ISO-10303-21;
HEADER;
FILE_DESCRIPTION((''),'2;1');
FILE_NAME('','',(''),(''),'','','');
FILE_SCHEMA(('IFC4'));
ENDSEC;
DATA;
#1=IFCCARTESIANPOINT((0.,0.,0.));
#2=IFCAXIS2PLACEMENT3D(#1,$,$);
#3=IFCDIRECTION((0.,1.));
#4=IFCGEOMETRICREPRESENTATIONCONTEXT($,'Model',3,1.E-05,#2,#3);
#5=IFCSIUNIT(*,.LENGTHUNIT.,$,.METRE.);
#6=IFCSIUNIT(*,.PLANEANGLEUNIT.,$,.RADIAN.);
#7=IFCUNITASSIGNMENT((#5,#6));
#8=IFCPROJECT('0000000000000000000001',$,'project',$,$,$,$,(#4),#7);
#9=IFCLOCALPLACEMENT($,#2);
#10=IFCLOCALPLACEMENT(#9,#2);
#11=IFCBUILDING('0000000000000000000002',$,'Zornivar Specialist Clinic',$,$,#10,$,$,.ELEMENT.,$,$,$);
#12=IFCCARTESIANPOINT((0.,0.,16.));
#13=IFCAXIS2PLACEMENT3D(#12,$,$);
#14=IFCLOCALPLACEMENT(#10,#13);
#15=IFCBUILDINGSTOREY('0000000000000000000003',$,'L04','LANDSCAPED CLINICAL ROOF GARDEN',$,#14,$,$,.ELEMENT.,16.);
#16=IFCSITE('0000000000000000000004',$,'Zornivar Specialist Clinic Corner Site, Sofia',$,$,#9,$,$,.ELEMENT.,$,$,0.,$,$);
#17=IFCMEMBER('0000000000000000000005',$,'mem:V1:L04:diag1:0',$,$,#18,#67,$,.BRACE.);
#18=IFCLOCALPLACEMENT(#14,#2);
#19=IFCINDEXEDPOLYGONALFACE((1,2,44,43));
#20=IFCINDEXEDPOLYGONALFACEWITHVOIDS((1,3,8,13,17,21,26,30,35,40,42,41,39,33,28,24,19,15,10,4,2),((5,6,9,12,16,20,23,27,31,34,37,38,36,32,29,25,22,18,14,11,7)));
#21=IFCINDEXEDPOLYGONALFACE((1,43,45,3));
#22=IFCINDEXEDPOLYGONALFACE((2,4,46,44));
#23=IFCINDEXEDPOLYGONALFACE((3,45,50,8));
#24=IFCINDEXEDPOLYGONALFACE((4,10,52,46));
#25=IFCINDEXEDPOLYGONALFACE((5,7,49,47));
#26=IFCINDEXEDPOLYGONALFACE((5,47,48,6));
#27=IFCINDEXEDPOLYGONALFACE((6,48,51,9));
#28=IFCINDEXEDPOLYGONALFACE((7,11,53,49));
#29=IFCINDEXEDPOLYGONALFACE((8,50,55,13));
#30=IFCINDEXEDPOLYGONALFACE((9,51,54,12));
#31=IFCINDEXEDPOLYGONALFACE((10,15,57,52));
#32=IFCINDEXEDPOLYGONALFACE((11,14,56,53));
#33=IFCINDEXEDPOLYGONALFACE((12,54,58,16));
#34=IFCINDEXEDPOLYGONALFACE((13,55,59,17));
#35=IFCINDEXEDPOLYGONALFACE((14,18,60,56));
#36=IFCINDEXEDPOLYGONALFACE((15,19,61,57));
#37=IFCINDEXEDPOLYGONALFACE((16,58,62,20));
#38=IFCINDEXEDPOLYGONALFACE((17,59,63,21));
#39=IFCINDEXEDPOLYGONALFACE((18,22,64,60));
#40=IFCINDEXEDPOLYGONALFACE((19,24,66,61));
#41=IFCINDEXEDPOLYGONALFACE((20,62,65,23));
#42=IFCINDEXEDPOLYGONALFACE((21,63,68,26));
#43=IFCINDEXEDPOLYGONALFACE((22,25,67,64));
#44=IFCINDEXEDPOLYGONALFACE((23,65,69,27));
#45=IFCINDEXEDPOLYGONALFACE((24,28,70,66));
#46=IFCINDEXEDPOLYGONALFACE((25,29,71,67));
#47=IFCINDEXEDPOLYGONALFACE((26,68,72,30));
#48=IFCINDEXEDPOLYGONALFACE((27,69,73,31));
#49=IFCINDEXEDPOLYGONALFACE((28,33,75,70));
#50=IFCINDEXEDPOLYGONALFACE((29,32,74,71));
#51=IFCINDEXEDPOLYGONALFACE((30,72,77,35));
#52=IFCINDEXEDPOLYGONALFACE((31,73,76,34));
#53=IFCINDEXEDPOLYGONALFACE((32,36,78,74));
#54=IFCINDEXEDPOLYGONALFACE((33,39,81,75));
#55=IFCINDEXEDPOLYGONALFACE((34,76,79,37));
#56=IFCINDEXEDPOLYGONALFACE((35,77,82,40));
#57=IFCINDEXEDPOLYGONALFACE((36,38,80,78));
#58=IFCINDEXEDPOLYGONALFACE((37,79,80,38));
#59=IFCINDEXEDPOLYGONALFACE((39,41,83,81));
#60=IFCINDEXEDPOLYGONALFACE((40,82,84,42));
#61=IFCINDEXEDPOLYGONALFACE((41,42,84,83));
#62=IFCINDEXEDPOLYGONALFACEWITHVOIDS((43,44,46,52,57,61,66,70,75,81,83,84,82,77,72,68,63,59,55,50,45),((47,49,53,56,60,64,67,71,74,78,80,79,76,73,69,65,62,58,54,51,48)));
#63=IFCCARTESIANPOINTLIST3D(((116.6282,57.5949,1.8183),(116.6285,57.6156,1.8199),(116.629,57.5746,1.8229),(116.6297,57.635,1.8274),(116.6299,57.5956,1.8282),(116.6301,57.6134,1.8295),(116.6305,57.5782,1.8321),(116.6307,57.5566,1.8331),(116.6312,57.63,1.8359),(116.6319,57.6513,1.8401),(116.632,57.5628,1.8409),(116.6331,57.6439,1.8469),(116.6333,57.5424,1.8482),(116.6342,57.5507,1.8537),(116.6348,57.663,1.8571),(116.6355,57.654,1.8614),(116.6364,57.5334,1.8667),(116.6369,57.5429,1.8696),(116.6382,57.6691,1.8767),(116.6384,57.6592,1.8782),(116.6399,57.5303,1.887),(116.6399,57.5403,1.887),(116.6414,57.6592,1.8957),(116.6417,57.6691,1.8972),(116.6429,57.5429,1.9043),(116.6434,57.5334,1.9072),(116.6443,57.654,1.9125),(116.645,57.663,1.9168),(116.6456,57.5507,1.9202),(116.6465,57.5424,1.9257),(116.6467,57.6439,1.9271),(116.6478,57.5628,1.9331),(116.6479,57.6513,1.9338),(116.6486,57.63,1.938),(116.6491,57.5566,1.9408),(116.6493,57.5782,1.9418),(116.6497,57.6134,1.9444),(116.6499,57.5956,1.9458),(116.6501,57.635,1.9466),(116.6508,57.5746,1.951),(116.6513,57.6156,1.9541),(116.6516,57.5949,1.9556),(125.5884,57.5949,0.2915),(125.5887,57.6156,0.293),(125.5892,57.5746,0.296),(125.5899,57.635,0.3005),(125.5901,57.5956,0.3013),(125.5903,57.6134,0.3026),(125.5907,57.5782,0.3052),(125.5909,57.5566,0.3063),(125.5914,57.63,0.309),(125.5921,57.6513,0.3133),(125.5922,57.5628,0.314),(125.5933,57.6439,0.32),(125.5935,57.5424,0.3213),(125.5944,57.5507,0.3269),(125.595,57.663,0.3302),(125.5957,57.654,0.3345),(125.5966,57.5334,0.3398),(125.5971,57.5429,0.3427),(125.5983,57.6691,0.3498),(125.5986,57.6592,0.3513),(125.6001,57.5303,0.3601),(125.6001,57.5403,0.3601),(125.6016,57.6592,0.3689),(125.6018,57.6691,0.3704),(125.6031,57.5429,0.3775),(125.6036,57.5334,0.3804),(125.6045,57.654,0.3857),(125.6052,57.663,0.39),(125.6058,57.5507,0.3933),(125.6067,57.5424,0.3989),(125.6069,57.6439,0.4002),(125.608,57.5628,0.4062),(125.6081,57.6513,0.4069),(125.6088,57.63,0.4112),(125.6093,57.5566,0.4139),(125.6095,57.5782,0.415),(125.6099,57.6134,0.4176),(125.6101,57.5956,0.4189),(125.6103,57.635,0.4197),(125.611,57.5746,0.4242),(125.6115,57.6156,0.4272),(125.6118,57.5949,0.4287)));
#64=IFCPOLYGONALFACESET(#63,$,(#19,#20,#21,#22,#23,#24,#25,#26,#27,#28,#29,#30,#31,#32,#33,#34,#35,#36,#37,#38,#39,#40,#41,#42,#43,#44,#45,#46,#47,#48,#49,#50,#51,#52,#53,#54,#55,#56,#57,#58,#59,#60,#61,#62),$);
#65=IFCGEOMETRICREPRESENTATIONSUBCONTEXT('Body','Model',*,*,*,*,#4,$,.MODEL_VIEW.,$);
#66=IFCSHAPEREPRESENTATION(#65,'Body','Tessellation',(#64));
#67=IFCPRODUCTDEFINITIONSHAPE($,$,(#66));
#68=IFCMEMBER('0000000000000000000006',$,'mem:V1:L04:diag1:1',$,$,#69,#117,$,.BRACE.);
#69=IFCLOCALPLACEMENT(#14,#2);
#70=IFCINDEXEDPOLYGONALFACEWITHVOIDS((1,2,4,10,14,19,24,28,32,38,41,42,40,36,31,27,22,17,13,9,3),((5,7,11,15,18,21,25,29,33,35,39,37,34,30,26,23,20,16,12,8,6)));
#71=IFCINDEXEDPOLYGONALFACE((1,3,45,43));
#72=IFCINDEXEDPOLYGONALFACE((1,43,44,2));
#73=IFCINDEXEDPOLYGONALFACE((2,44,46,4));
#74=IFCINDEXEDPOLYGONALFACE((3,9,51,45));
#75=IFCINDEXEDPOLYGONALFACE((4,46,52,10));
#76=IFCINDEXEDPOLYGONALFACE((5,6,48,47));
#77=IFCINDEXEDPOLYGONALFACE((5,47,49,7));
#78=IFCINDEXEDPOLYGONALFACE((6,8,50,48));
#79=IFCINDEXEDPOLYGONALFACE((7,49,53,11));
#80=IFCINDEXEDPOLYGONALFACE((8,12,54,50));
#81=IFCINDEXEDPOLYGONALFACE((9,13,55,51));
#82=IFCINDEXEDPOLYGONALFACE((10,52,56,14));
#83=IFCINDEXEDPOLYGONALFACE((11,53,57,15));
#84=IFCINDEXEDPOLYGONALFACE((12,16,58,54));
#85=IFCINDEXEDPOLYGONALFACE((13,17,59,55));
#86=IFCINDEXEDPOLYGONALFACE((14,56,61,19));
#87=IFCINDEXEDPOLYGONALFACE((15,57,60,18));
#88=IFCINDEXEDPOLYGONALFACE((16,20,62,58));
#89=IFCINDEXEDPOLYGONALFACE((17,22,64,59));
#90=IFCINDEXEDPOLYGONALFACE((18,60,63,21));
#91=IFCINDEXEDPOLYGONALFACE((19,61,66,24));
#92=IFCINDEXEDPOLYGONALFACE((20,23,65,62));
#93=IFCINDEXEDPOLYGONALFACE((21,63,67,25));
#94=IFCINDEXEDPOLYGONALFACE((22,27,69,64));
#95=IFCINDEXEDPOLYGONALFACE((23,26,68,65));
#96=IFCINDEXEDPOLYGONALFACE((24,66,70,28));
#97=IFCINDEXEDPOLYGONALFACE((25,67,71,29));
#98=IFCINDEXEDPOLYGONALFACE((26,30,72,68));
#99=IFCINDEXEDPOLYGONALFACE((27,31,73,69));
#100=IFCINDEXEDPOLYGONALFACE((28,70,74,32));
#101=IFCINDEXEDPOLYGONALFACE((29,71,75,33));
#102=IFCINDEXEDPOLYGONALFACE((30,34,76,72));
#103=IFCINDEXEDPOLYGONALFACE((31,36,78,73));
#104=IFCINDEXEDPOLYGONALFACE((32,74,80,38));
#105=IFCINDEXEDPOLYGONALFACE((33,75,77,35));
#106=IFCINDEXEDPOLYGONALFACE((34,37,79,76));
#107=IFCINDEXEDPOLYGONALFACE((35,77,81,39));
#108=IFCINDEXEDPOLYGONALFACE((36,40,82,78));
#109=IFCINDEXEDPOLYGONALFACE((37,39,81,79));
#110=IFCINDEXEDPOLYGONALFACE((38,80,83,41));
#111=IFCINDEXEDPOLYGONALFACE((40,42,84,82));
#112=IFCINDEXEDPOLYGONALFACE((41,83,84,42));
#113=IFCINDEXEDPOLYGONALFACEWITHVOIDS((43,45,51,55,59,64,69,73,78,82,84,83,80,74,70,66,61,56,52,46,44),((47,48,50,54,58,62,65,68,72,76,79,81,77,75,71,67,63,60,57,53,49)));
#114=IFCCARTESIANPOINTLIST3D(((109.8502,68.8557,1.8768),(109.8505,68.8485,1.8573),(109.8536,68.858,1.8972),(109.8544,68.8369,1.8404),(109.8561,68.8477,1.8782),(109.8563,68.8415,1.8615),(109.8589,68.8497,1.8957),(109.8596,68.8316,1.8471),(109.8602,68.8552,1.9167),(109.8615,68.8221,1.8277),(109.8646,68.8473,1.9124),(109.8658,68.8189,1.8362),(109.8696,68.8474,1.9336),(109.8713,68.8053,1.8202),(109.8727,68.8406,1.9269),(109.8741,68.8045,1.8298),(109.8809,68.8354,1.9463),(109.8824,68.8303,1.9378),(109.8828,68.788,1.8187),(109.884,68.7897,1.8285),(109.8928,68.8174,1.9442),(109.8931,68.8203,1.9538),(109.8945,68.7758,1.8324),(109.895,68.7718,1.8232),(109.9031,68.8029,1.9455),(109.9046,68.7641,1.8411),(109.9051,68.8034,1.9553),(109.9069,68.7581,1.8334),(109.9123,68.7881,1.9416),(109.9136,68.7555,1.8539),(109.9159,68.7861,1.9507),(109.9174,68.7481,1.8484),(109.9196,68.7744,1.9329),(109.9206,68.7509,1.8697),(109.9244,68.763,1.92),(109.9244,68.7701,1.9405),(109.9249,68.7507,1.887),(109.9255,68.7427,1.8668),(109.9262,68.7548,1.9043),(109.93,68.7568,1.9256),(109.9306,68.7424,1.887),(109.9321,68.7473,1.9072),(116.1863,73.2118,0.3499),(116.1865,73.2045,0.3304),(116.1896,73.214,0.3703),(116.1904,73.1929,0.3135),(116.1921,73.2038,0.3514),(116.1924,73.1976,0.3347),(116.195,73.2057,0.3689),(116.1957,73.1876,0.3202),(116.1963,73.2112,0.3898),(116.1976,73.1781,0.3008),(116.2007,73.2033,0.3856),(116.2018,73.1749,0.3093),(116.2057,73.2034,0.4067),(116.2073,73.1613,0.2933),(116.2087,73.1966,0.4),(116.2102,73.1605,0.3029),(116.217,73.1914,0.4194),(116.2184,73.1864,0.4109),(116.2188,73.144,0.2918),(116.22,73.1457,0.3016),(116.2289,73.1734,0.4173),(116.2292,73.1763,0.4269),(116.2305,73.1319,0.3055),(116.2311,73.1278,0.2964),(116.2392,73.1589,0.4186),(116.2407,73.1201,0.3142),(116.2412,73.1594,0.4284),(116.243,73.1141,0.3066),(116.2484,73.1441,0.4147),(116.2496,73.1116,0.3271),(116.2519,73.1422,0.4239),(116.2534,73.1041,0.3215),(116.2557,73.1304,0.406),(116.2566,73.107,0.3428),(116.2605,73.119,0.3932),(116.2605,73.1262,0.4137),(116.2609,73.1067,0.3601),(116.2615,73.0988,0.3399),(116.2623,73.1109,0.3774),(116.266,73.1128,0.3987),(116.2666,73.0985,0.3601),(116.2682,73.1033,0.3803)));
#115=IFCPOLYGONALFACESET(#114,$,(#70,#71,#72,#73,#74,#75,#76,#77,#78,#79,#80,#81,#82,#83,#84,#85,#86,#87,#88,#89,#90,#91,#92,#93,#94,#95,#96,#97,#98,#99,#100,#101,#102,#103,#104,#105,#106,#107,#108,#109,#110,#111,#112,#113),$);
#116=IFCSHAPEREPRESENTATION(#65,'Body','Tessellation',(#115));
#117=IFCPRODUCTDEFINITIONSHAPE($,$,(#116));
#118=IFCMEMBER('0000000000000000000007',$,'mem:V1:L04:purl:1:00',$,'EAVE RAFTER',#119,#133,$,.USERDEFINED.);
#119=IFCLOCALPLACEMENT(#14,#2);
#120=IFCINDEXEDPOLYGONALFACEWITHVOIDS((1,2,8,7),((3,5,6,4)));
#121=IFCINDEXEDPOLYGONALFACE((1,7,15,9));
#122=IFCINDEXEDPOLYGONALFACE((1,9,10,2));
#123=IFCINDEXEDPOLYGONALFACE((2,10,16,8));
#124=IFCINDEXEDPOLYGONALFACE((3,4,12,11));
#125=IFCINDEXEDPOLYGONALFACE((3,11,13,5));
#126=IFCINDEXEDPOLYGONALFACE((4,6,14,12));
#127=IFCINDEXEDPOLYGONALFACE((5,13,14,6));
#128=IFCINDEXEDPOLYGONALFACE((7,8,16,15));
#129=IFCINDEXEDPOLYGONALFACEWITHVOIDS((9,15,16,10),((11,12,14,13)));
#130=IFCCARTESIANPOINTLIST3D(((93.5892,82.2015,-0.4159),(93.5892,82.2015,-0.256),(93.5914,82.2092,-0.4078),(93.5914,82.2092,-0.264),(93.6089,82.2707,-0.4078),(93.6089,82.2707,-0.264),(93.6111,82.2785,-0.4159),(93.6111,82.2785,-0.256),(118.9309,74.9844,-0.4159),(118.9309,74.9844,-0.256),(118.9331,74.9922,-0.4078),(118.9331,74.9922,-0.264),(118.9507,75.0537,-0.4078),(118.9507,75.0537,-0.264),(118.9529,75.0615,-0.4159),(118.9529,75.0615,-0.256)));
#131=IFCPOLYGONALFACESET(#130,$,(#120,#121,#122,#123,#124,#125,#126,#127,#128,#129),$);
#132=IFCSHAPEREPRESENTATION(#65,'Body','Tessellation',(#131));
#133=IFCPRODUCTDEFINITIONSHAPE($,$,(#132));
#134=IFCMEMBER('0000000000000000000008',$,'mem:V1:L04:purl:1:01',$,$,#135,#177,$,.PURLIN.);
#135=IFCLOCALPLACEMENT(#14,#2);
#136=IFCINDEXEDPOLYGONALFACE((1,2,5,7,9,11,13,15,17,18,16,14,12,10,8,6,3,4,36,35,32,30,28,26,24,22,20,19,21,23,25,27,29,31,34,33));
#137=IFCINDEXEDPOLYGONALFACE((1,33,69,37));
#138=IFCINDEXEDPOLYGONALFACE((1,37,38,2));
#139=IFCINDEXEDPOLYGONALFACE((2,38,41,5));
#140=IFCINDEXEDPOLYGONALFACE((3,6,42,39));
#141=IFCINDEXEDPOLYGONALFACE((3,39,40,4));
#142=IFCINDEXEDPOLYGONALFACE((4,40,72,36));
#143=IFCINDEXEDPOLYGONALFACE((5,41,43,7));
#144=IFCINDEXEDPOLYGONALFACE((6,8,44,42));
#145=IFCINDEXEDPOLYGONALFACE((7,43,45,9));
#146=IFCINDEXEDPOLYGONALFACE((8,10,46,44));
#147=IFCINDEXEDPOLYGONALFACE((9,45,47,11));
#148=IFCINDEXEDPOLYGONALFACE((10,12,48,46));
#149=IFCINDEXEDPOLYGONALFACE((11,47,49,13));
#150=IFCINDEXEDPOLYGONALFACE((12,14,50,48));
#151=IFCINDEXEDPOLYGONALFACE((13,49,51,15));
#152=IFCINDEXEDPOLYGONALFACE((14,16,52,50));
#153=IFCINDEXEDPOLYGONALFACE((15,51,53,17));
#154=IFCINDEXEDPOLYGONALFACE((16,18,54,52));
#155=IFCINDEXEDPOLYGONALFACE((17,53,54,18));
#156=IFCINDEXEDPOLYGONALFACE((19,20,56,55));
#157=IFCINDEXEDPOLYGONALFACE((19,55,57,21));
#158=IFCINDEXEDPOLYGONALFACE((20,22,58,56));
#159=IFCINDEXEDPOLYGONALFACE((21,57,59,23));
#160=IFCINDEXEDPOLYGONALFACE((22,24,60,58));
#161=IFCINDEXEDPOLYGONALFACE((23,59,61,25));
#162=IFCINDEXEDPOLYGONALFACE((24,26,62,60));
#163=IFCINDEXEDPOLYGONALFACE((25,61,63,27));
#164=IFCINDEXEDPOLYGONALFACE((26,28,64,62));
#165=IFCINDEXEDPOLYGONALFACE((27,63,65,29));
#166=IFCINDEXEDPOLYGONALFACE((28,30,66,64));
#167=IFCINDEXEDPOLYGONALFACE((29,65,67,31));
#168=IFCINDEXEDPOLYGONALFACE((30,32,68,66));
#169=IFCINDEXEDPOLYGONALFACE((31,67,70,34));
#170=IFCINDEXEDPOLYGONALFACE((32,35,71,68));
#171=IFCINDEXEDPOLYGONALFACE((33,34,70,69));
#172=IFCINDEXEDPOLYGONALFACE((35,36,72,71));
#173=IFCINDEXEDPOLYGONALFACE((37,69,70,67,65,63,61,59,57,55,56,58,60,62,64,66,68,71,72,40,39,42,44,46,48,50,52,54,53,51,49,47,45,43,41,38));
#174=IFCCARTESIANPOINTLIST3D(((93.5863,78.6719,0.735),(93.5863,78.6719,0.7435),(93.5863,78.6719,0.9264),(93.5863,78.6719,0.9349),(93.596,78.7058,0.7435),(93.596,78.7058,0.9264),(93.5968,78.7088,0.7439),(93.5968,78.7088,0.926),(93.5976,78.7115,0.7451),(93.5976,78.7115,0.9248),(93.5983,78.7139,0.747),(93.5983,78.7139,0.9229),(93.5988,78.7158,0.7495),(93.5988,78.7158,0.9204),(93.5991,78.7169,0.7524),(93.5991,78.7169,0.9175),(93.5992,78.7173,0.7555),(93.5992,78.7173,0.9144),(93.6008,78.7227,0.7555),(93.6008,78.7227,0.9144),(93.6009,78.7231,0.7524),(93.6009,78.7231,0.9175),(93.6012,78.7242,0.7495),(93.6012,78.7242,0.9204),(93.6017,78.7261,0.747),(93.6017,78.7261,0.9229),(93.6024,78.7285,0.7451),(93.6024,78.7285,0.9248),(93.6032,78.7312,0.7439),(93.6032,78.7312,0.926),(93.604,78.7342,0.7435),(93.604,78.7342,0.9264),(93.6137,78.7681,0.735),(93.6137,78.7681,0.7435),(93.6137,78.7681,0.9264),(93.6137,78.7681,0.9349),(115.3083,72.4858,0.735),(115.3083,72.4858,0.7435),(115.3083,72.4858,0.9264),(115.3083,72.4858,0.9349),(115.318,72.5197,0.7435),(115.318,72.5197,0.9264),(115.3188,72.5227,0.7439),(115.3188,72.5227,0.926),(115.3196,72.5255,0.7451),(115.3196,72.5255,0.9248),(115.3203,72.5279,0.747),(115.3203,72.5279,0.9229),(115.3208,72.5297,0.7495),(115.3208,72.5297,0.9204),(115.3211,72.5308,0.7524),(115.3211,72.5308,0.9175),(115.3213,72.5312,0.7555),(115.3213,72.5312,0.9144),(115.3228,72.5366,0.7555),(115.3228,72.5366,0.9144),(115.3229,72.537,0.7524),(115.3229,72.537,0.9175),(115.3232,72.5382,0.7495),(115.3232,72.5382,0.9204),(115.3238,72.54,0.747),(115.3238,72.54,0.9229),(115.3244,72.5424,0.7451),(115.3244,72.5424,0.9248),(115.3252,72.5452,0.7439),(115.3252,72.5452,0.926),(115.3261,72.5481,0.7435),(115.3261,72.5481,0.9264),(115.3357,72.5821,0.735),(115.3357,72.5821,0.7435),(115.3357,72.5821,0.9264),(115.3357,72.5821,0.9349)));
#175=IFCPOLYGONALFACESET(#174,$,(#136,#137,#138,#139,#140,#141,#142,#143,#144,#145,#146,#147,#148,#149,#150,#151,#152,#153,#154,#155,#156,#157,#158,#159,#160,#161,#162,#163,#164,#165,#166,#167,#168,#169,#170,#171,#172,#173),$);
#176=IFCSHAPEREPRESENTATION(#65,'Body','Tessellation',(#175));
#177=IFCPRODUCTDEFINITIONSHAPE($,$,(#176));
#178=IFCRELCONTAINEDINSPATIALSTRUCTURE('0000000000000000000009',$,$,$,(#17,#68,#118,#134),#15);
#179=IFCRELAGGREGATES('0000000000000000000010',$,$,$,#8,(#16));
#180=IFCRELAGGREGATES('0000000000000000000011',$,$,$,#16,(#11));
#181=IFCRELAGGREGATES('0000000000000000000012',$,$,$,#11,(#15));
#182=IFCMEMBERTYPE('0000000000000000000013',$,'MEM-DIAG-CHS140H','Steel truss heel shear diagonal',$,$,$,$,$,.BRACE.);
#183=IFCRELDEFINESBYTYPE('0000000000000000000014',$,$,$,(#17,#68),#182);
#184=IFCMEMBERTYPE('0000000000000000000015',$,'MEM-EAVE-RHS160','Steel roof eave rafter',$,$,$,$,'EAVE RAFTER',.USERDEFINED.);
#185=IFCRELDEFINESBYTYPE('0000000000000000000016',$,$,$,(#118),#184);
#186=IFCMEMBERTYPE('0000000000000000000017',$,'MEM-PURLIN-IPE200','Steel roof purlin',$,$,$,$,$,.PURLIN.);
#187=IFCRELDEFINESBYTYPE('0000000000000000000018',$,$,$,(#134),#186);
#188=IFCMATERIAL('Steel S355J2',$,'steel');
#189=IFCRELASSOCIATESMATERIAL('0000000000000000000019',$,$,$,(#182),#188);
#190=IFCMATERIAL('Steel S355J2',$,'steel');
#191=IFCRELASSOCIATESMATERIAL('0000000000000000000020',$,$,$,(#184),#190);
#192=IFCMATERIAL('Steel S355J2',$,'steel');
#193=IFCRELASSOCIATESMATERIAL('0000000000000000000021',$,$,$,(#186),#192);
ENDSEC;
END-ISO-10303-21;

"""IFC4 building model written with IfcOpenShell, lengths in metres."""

from ifc_helpers import new_model, si_unit, direction, frame, origin, origin_2d, place, context, subcontext, project, spatial, hollow_rectangle, hollow_circle, i_section, extrude, material, material_profile, profile_set, type_object, element, save


model = new_model("IFC4")

# Units and contexts
model_context = context("Model", 3, precision=1e-05, world=origin(), true_north=direction((0.0, 1.0)))
body_context = subcontext(model_context, "Body", "Model", "MODEL_VIEW")
ifc_project = project(units=[si_unit("LENGTHUNIT", "METRE"), si_unit("PLANEANGLEUNIT", "RADIAN")], contexts=[model_context])

# Site, building, storey
site_placement = place(None, origin())
site = spatial("IfcSite", under=ifc_project, at=site_placement, Name="Zornivar Specialist Clinic Corner Site, Sofia", CompositionType="ELEMENT", RefElevation=0.0)
building_placement = place(site_placement, origin())
building = spatial("IfcBuilding", under=site, at=building_placement, Name="Zornivar Specialist Clinic", CompositionType="ELEMENT")
storey_placement = place(building_placement, frame((0.0, 0.0, 16.0)))
storey = spatial("IfcBuildingStorey", under=building, at=storey_placement, Name="L04", Description="LANDSCAPED CLINICAL ROOF GARDEN", CompositionType="ELEMENT", Elevation=16.0)

# Members
ifc_material_1 = material(Name="Steel S355J2", Category="steel")
ifc_material_profile_1 = material_profile(ifc_material_1, hollow_circle(Radius=0.0698, WallThickness=0.01, at=origin_2d()), Name="CHS 139.7x10")
ifc_profile_set_1 = profile_set([ifc_material_profile_1], Name="Steel S355J2")
member_type_1 = type_object("IfcMemberType", Name="MEM-DIAG-CHS140H", Description="Steel truss heel shear diagonal", PredefinedType="BRACE", material=ifc_profile_set_1)
member_1_placement = place(storey_placement, frame((125.6001, 57.6001, 0.3601), z_axis=(-0.98579, 0.0, 0.167983), x_axis=(0.0, -1.0, 0.0)))
element("IfcMember", 1, at=member_1_placement, inside=storey, type_object=member_type_1, Name="mem:V1:L04:diag1:0", PredefinedType="BRACE", context=body_context, shape_type="SweptSolid", body=[
    extrude(hollow_circle(Radius=0.0698, WallThickness=0.01, at=origin_2d()), origin(), (0.0, 0.0, 1.0), 9.0894),
])
member_2_placement = place(storey_placement, frame((116.2271, 73.156, 0.3601), z_axis=(-0.808259, -0.555678, 0.194777), x_axis=(0.566529, -0.824042, 0.0)))
element("IfcMember", 2, at=member_2_placement, inside=storey, type_object=member_type_1, Name="mem:V1:L04:diag1:1", PredefinedType="BRACE", context=body_context, shape_type="SweptSolid", body=[
    extrude(hollow_circle(Radius=0.0698, WallThickness=0.01, at=origin_2d()), origin(), (0.0, 0.0, 1.0), 7.8391),
])
ifc_material_2 = material(Name="Steel S355J2", Category="steel")
ifc_material_profile_2 = material_profile(ifc_material_2, hollow_rectangle(XDim=0.0801, YDim=0.1599, WallThickness=0.0081, at=origin_2d()), Name="RHS 160x80x8")
ifc_profile_set_2 = profile_set([ifc_material_profile_2], Name="Steel S355J2")
member_type_2 = type_object("IfcMemberType", Name="MEM-EAVE-RHS160", Description="Steel roof eave rafter", ElementType="EAVE RAFTER", PredefinedType="USERDEFINED", material=ifc_profile_set_2)
member_3_placement = place(storey_placement, frame((118.9419, 75.0229, -0.3359), z_axis=(-0.961759, 0.273897, 0.0), x_axis=(-0.273897, -0.961759, 0.0)))
element("IfcMember", 3, at=member_3_placement, inside=storey, type_object=member_type_2, Name="mem:V1:L04:purl:1:00", ObjectType="EAVE RAFTER", PredefinedType="USERDEFINED", context=body_context, shape_type="SweptSolid", body=[
    extrude(hollow_rectangle(XDim=0.0801, YDim=0.1599, WallThickness=0.0081, at=origin_2d()), origin(), (0.0, 0.0, 1.0), 26.3494),
])
ifc_material_3 = material(Name="Steel S355J2", Category="steel")
ifc_material_profile_3 = material_profile(ifc_material_3, i_section(OverallWidth=0.1001, OverallDepth=0.2, WebThickness=0.0056, FlangeThickness=0.0085, FilletRadius=0.012, at=origin_2d()), Name="IPE 200")
ifc_profile_set_3 = profile_set([ifc_material_profile_3], Name="Steel S355J2")
member_type_3 = type_object("IfcMemberType", Name="MEM-PURLIN-IPE200", Description="Steel roof purlin", PredefinedType="PURLIN", material=ifc_profile_set_3)
member_4_placement = place(storey_placement, frame((115.322, 72.5339, 0.835), z_axis=(-0.96176, 0.273893, 0.0), x_axis=(-0.273893, -0.96176, 0.0)))
element("IfcMember", 4, at=member_4_placement, inside=storey, type_object=member_type_3, Name="mem:V1:L04:purl:1:01", PredefinedType="PURLIN", context=body_context, shape_type="SweptSolid", body=[
    extrude(i_section(OverallWidth=0.1001, OverallDepth=0.2, WebThickness=0.0056, FlangeThickness=0.0085, FilletRadius=0.012, at=origin_2d()), origin(), (0.0, 0.0, 1.0), 22.5857),
])

save(model, "model.ifc")
